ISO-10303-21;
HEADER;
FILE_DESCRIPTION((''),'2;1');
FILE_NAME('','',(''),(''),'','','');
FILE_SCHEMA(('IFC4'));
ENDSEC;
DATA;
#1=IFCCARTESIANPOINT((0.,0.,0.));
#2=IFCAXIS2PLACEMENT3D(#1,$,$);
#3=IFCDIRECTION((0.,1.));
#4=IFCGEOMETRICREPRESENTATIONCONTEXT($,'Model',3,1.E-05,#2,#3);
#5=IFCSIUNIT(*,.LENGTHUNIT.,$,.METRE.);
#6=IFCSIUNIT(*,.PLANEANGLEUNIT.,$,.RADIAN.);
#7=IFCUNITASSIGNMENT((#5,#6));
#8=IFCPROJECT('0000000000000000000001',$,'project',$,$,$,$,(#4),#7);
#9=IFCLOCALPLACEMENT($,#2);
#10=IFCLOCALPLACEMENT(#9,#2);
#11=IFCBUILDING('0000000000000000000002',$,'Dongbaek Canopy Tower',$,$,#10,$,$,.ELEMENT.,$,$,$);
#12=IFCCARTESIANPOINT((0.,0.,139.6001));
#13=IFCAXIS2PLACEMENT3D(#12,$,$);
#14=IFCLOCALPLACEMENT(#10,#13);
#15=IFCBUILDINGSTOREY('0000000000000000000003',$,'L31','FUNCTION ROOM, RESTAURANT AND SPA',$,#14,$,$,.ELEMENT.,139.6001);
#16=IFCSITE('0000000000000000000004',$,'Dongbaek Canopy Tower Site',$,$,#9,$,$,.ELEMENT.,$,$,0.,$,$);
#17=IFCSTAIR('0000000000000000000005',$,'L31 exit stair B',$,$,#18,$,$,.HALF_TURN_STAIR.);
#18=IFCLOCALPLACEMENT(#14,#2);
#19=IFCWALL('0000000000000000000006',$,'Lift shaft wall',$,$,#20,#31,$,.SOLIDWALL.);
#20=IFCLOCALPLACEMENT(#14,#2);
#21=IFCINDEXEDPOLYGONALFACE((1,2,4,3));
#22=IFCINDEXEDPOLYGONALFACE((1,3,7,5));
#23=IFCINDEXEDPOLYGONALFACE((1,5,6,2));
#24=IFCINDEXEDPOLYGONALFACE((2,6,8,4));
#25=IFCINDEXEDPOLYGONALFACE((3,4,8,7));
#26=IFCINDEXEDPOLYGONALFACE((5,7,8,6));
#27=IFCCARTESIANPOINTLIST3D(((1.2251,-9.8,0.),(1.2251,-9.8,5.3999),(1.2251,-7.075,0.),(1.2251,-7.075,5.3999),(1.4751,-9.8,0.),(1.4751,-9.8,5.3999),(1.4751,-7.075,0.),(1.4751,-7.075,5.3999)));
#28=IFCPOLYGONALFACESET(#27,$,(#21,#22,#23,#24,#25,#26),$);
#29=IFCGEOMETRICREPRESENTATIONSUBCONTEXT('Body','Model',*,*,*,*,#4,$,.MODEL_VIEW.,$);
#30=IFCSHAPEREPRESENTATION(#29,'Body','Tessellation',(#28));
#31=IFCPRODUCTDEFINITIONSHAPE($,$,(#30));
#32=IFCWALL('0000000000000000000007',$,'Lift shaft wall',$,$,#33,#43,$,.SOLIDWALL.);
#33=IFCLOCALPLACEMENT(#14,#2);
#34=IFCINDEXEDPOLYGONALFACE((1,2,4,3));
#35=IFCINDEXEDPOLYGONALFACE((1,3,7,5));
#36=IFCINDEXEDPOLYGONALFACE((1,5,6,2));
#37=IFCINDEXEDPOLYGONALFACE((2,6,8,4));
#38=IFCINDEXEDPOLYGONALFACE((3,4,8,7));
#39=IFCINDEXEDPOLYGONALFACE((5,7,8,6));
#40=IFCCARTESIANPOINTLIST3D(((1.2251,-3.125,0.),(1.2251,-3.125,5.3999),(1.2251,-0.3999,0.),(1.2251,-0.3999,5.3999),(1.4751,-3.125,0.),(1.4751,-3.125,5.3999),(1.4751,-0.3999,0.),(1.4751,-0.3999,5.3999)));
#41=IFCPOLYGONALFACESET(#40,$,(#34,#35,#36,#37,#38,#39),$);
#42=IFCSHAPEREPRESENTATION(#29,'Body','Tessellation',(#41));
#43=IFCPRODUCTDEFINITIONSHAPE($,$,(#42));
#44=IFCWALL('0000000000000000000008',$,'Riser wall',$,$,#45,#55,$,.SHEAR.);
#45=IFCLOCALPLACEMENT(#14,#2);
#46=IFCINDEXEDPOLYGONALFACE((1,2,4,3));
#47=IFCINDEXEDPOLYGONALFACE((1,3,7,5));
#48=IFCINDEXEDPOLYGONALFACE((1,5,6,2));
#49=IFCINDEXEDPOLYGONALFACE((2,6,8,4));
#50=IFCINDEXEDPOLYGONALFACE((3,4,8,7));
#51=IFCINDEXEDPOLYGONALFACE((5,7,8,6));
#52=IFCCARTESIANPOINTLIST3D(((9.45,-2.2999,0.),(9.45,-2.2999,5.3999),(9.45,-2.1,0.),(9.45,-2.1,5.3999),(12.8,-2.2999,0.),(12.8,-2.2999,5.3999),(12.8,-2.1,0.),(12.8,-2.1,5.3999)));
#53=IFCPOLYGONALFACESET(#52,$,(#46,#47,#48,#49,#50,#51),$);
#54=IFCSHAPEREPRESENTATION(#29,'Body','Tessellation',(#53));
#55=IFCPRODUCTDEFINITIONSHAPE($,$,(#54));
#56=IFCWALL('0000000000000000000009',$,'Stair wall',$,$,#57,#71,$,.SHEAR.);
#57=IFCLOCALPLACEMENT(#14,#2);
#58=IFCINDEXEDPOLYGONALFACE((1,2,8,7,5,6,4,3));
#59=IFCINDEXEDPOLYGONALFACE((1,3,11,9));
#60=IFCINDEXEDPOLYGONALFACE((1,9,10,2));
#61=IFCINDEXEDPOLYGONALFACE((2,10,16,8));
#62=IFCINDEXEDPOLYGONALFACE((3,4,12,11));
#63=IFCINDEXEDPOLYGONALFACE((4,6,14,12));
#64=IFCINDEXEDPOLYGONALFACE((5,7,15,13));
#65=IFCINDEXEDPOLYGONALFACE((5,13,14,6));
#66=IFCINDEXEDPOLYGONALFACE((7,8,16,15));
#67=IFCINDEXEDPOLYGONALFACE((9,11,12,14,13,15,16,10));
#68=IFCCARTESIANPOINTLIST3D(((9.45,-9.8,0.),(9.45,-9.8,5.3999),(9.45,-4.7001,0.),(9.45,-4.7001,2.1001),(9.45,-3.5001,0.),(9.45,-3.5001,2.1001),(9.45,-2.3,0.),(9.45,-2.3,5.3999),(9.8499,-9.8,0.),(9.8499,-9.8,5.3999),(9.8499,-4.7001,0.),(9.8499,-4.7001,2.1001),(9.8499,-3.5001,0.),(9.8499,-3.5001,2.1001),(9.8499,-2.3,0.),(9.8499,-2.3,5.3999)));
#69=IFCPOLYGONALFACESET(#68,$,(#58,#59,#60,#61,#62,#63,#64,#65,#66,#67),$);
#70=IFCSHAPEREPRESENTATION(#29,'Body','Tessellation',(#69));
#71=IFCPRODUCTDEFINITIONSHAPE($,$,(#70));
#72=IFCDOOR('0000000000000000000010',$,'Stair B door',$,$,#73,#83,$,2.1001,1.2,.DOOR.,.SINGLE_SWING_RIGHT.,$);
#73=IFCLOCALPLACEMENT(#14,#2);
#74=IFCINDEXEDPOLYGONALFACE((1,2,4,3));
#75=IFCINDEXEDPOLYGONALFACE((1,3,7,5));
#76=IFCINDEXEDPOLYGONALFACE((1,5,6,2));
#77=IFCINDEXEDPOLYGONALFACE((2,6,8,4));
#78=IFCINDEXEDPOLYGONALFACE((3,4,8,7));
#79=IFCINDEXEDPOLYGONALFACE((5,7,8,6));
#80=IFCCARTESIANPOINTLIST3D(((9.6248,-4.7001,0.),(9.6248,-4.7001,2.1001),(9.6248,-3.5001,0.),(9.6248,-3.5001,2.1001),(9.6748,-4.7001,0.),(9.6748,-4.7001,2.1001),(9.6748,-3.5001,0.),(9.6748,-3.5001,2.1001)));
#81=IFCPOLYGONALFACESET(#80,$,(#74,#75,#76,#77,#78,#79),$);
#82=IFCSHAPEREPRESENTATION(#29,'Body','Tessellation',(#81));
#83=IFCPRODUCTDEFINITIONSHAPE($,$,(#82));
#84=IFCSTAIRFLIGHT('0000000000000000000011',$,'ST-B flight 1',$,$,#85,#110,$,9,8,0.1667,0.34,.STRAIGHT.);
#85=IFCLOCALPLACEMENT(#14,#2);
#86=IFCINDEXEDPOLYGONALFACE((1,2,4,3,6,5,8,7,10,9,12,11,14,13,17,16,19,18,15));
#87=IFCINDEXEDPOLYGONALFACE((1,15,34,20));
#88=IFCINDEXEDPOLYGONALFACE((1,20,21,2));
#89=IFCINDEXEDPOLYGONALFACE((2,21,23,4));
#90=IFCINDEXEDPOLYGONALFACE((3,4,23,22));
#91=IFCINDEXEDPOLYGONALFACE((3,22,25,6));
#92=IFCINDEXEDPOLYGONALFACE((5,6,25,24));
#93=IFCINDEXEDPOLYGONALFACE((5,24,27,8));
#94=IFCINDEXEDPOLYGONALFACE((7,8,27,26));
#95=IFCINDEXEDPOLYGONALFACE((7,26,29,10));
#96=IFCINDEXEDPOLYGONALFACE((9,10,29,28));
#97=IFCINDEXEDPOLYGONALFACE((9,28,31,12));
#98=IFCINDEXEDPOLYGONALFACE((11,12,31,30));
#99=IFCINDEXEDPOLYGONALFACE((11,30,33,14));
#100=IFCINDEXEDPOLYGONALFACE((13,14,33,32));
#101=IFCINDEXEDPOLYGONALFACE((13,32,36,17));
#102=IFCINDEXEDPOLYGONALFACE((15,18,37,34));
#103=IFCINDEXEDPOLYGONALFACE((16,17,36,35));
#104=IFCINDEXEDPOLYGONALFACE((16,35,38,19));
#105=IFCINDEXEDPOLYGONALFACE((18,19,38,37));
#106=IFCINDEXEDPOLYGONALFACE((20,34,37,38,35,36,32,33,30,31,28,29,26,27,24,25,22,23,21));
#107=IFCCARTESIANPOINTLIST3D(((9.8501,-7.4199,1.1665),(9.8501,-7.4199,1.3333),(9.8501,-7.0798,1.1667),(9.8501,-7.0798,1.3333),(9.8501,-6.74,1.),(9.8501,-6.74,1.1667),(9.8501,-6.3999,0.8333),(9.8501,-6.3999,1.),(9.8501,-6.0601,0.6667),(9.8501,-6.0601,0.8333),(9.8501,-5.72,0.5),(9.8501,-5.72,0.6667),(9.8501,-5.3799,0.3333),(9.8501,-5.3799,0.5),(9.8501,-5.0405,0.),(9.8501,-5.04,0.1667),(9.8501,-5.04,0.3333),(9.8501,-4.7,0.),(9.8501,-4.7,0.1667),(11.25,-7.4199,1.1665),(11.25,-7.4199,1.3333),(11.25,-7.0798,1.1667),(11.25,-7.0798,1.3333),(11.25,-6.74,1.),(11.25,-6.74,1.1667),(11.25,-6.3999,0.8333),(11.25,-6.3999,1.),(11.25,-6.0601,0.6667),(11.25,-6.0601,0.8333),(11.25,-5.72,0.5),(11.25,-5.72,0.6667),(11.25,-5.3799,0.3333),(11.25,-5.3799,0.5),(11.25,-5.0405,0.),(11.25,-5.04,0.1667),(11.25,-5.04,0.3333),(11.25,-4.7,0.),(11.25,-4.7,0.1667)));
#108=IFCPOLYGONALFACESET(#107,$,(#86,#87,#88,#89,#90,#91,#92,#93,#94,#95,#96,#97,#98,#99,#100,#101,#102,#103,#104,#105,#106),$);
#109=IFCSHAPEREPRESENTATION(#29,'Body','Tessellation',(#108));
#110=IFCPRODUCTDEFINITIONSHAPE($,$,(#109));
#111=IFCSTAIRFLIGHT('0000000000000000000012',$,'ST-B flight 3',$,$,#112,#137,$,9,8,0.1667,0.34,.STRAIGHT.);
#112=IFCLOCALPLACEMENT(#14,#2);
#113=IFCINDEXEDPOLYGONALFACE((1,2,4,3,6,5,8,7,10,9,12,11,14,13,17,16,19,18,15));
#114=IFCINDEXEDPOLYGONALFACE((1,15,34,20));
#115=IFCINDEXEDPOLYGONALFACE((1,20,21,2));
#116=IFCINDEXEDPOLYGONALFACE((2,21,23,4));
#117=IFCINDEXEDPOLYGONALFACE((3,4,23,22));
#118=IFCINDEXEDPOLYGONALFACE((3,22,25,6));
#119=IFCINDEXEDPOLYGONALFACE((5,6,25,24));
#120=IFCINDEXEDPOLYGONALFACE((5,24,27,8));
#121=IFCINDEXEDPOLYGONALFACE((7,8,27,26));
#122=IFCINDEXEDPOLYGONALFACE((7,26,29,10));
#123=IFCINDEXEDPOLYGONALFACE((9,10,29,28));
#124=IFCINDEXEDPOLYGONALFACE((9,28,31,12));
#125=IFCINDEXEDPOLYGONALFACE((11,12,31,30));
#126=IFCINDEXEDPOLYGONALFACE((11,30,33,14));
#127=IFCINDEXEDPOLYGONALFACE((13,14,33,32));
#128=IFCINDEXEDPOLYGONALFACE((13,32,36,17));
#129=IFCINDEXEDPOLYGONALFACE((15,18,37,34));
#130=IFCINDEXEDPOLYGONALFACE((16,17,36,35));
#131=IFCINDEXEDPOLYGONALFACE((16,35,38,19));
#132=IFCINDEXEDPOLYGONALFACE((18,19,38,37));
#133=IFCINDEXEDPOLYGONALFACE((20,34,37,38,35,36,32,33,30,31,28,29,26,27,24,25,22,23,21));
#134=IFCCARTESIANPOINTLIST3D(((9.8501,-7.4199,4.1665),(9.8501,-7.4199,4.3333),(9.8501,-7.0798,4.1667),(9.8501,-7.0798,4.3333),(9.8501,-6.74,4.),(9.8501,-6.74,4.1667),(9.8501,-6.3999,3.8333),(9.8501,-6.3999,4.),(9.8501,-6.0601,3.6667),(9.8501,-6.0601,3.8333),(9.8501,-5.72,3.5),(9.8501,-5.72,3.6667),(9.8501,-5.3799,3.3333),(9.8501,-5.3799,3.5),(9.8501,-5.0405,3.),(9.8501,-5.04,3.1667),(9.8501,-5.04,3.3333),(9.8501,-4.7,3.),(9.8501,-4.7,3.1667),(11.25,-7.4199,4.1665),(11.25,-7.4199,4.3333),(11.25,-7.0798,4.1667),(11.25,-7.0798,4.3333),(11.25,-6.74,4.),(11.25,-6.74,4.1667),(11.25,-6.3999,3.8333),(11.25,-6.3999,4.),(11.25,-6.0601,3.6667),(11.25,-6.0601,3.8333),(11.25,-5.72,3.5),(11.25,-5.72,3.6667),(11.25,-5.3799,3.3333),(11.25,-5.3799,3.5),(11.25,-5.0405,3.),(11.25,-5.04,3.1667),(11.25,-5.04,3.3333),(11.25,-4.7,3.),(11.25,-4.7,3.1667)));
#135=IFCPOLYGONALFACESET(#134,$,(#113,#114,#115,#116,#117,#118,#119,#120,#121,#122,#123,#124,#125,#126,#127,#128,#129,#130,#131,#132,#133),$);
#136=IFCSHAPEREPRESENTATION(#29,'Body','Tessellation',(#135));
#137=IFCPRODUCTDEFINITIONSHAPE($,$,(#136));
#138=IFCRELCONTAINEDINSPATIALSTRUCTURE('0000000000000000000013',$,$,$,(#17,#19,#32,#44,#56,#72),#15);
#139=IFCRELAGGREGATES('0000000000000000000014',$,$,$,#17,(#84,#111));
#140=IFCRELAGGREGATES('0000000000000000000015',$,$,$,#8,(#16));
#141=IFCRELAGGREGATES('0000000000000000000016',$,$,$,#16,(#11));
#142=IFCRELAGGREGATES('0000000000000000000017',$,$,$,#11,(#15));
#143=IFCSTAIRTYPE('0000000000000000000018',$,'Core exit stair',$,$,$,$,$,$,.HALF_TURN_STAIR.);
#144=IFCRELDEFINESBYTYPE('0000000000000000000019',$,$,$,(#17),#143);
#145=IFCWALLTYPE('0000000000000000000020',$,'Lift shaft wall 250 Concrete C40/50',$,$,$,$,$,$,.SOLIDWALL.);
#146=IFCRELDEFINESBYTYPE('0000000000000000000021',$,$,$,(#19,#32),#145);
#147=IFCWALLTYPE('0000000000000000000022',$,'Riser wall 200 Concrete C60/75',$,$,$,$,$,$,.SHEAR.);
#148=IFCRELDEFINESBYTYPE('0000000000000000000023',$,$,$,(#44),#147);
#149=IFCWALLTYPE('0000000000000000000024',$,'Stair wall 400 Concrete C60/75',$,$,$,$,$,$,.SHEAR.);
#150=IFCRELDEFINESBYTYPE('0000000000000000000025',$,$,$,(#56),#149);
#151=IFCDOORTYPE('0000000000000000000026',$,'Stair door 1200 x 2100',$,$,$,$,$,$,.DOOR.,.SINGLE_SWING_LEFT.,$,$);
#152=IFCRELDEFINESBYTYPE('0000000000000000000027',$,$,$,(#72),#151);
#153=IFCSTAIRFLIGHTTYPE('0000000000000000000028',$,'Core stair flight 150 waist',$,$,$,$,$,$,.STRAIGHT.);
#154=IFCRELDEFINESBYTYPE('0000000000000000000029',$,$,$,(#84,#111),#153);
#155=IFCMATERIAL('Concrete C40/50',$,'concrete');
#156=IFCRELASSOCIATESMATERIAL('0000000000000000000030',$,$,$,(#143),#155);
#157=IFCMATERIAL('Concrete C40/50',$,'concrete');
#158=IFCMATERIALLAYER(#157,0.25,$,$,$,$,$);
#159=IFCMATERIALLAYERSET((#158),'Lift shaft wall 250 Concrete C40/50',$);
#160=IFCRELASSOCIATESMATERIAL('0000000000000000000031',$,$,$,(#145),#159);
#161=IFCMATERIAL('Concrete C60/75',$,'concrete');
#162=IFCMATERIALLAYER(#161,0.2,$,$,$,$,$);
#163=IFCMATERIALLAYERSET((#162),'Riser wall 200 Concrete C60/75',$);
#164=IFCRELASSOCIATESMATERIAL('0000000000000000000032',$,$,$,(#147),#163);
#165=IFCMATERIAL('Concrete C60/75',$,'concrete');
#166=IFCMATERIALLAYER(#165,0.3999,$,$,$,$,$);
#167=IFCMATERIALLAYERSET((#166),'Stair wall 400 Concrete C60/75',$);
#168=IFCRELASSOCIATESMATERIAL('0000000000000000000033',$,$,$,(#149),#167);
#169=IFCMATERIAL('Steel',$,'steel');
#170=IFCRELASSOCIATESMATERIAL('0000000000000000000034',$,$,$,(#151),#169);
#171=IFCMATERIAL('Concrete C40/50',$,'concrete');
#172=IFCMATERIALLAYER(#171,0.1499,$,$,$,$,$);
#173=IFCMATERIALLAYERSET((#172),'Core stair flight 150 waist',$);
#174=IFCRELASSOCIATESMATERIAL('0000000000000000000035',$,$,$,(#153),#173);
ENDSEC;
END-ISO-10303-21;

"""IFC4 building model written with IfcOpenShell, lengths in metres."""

from ifc_helpers import new_model, si_unit, direction, frame, frame_2d, origin, place, context, subcontext, project, spatial, polyline, rectangle, outline, extrude, material, layer, layer_set, type_object, element, fill, aggregate, save


model = new_model("IFC4")

# Units and contexts
model_context = context("Model", 3, precision=1e-05, world=origin(), true_north=direction((0.0, 1.0)))
body_context = subcontext(model_context, "Body", "Model", "MODEL_VIEW")
ifc_project = project(units=[si_unit("LENGTHUNIT", "METRE"), si_unit("PLANEANGLEUNIT", "RADIAN")], contexts=[model_context])

# Site, building, storey
site_placement = place(None, origin())
site = spatial("IfcSite", under=ifc_project, at=site_placement, Name="Dongbaek Canopy Tower Site", CompositionType="ELEMENT", RefElevation=0.0)
building_placement = place(site_placement, origin())
building = spatial("IfcBuilding", under=site, at=building_placement, Name="Dongbaek Canopy Tower", CompositionType="ELEMENT")
storey_placement = place(building_placement, frame((0.0, 0.0, 139.6001)))
storey = spatial("IfcBuildingStorey", under=building, at=storey_placement, Name="L31", Description="FUNCTION ROOM, RESTAURANT AND SPA", CompositionType="ELEMENT", Elevation=139.6001)

# Stair
ifc_material_1 = material(Name="Concrete C40/50", Category="concrete")
stair_type = type_object("IfcStairType", Name="Core exit stair", PredefinedType="HALF_TURN_STAIR", material=ifc_material_1)
stair_1_placement = place(storey_placement, origin())
stair_1 = element("IfcStair", 1, at=stair_1_placement, inside=storey, type_object=stair_type, Name="L31 exit stair B", PredefinedType="HALF_TURN_STAIR")

# Walls
ifc_material_2 = material(Name="Concrete C40/50", Category="concrete")
ifc_layer_1 = layer(ifc_material_2, 0.25)
ifc_layer_set_1 = layer_set([ifc_layer_1], Name="Lift shaft wall 250 Concrete C40/50")
wall_type_1 = type_object("IfcWallType", Name="Lift shaft wall 250 Concrete C40/50", PredefinedType="SOLIDWALL", material=ifc_layer_set_1)
for number, where, z_axis, x_axis, name in (
    (2, (1.3501, -9.8, 0.0), (0.0, 0.0, 1.0), (0.0, 1.0, 0.0), "Lift shaft wall"),
    (3, (1.3501, -3.125, 0.0), (0.0, 0.0, 1.0), (0.0, 1.0, 0.0), "Lift shaft wall"),
):
    element("IfcWall", number, at=place(storey_placement, frame(where, z_axis=z_axis, x_axis=x_axis)), inside=storey, type_object=wall_type_1, Name=name, PredefinedType="SOLIDWALL", context=body_context, shape_type="SweptSolid", body=[
        extrude(rectangle(XDim=2.7251, YDim=0.25, at=frame_2d((1.3625, 0.0))), origin(), (0.0, 0.0, 1.0), 5.3999),
    ])
ifc_material_3 = material(Name="Concrete C60/75", Category="concrete")
ifc_layer_2 = layer(ifc_material_3, 0.2)
ifc_layer_set_2 = layer_set([ifc_layer_2], Name="Riser wall 200 Concrete C60/75")
wall_type_2 = type_object("IfcWallType", Name="Riser wall 200 Concrete C60/75", PredefinedType="SHEAR", material=ifc_layer_set_2)
wall_1_placement = place(storey_placement, frame((9.45, -2.2, 0.0), z_axis=(0.0, 0.0, 1.0), x_axis=(1.0, 0.0, 0.0)))
element("IfcWall", 4, at=wall_1_placement, inside=storey, type_object=wall_type_2, Name="Riser wall", PredefinedType="SHEAR", context=body_context, shape_type="SweptSolid", body=[
    extrude(rectangle(XDim=3.3501, YDim=0.2, at=frame_2d((1.675, 0.0))), origin(), (0.0, 0.0, 1.0), 5.3999),
])

# Wall, opening, door
ifc_material_4 = material(Name="Concrete C60/75", Category="concrete")
ifc_layer_3 = layer(ifc_material_4, 0.3999)
ifc_layer_set_3 = layer_set([ifc_layer_3], Name="Stair wall 400 Concrete C60/75")
wall_type_3 = type_object("IfcWallType", Name="Stair wall 400 Concrete C60/75", PredefinedType="SHEAR", material=ifc_layer_set_3)
wall_2_placement = place(storey_placement, frame((9.6499, -2.3, 0.0), z_axis=(0.0, 0.0, 1.0), x_axis=(0.0, -1.0, 0.0)))
wall_2 = element("IfcWall", 5, at=wall_2_placement, inside=storey, type_object=wall_type_3, Name="Stair wall", PredefinedType="SHEAR", context=body_context, shape_type="SweptSolid", body=[
    extrude(rectangle(XDim=7.5, YDim=0.3999, at=frame_2d((3.75, 0.0))), origin(), (0.0, 0.0, 1.0), 5.3999),
])
opening_1_placement = place(wall_2_placement, frame((1.2, 0.0, 0.0)))
opening_1 = element("IfcOpeningElement", 6, at=opening_1_placement, cuts=wall_2, PredefinedType="OPENING", context=body_context, shape_type="SweptSolid", body=[
    extrude(rectangle(XDim=1.2, YDim=2.1001, at=frame_2d((0.6001, 1.05))), frame((0.0, 0.21, 0.0), z_axis=(0.0, -1.0, 0.0), x_axis=(1.0, 0.0, 0.0)), (0.0, 0.0, 1.0), 0.4199),
])
ifc_material_5 = material(Name="Steel", Category="steel")
door_type_1 = type_object("IfcDoorType", Name="Stair door 1200 x 2100", OperationType="SINGLE_SWING_LEFT", PredefinedType="DOOR", material=ifc_material_5)
door_1_placement = place(opening_1_placement, origin())
door_1 = element("IfcDoor", 7, at=door_1_placement, inside=storey, type_object=door_type_1, Name="Stair B door", OperationType="SINGLE_SWING_RIGHT", OverallHeight=2.1001, OverallWidth=1.2, PredefinedType="DOOR", context=body_context, shape_type="SweptSolid", body=[
    extrude(rectangle(XDim=1.2, YDim=2.1001, at=frame_2d((0.6001, 1.05))), frame((0.0, 0.0249, 0.0), z_axis=(0.0, -1.0, 0.0), x_axis=(1.0, 0.0, 0.0)), (0.0, 0.0, 1.0), 0.05),
])
fill(opening_1, door_1)

# Stair flights
ifc_material_6 = material(Name="Concrete C40/50", Category="concrete")
ifc_layer_4 = layer(ifc_material_6, 0.1499)
ifc_layer_set_4 = layer_set([ifc_layer_4], Name="Core stair flight 150 waist")
stair_flight_type = type_object("IfcStairFlightType", Name="Core stair flight 150 waist", PredefinedType="STRAIGHT", material=ifc_layer_set_4)
stair_flight_1_placement = place(storey_placement, frame((10.55, -4.7, 0.0), z_axis=(0.0, 0.0, 1.0), x_axis=(0.0, -1.0, 0.0)))
stair_flight_1 = element("IfcStairFlight", 8, at=stair_flight_1_placement, type_object=stair_flight_type, Name="ST-B flight 1", NumberOfRisers=9, NumberOfTreads=8, PredefinedType="STRAIGHT", RiserHeight=0.1667, TreadLength=0.34, context=body_context, shape_type="SweptSolid", body=[
    extrude(outline(polyline([(0.0, 0.0), (0.0, 0.1667), (0.3401, 0.1667), (0.3401, 0.3333), (0.6799, 0.3333), (0.6799, 0.5), (1.02, 0.5), (1.02, 0.6667), (1.3601, 0.6667), (1.3601, 0.8333), (1.7, 0.8333), (1.7, 1.0), (2.04, 1.0), (2.04, 1.1667), (2.3799, 1.1667), (2.3799, 1.3333), (2.72, 1.3333), (2.72, 1.5), (2.72, 1.1665), (0.3406, 0.0), (0.0, 0.0)])), frame((0.0, 0.7, 0.0), z_axis=(0.0, -1.0, 0.0), x_axis=(1.0, 0.0, 0.0)), (0.0, 0.0, 1.0), 1.3999),
])
stair_flight_2_placement = place(storey_placement, frame((10.55, -4.7, 3.0), z_axis=(0.0, 0.0, 1.0), x_axis=(0.0, -1.0, 0.0)))
stair_flight_2 = element("IfcStairFlight", 9, at=stair_flight_2_placement, type_object=stair_flight_type, Name="ST-B flight 3", NumberOfRisers=9, NumberOfTreads=8, PredefinedType="STRAIGHT", RiserHeight=0.1667, TreadLength=0.34, context=body_context, shape_type="SweptSolid", body=[
    extrude(outline(polyline([(0.0, 0.0), (0.0, 0.1667), (0.3401, 0.1667), (0.3401, 0.3333), (0.6799, 0.3333), (0.6799, 0.5), (1.02, 0.5), (1.02, 0.6667), (1.3601, 0.6667), (1.3601, 0.8333), (1.7, 0.8333), (1.7, 1.0), (2.04, 1.0), (2.04, 1.1667), (2.3799, 1.1667), (2.3799, 1.3333), (2.72, 1.3333), (2.72, 1.5), (2.72, 1.1665), (0.3406, 0.0), (0.0, 0.0)])), frame((0.0, 0.7, 0.0), z_axis=(0.0, -1.0, 0.0), x_axis=(1.0, 0.0, 0.0)), (0.0, 0.0, 1.0), 1.3999),
])
aggregate(stair_1, [stair_flight_1, stair_flight_2])

save(model, "model.ifc")
